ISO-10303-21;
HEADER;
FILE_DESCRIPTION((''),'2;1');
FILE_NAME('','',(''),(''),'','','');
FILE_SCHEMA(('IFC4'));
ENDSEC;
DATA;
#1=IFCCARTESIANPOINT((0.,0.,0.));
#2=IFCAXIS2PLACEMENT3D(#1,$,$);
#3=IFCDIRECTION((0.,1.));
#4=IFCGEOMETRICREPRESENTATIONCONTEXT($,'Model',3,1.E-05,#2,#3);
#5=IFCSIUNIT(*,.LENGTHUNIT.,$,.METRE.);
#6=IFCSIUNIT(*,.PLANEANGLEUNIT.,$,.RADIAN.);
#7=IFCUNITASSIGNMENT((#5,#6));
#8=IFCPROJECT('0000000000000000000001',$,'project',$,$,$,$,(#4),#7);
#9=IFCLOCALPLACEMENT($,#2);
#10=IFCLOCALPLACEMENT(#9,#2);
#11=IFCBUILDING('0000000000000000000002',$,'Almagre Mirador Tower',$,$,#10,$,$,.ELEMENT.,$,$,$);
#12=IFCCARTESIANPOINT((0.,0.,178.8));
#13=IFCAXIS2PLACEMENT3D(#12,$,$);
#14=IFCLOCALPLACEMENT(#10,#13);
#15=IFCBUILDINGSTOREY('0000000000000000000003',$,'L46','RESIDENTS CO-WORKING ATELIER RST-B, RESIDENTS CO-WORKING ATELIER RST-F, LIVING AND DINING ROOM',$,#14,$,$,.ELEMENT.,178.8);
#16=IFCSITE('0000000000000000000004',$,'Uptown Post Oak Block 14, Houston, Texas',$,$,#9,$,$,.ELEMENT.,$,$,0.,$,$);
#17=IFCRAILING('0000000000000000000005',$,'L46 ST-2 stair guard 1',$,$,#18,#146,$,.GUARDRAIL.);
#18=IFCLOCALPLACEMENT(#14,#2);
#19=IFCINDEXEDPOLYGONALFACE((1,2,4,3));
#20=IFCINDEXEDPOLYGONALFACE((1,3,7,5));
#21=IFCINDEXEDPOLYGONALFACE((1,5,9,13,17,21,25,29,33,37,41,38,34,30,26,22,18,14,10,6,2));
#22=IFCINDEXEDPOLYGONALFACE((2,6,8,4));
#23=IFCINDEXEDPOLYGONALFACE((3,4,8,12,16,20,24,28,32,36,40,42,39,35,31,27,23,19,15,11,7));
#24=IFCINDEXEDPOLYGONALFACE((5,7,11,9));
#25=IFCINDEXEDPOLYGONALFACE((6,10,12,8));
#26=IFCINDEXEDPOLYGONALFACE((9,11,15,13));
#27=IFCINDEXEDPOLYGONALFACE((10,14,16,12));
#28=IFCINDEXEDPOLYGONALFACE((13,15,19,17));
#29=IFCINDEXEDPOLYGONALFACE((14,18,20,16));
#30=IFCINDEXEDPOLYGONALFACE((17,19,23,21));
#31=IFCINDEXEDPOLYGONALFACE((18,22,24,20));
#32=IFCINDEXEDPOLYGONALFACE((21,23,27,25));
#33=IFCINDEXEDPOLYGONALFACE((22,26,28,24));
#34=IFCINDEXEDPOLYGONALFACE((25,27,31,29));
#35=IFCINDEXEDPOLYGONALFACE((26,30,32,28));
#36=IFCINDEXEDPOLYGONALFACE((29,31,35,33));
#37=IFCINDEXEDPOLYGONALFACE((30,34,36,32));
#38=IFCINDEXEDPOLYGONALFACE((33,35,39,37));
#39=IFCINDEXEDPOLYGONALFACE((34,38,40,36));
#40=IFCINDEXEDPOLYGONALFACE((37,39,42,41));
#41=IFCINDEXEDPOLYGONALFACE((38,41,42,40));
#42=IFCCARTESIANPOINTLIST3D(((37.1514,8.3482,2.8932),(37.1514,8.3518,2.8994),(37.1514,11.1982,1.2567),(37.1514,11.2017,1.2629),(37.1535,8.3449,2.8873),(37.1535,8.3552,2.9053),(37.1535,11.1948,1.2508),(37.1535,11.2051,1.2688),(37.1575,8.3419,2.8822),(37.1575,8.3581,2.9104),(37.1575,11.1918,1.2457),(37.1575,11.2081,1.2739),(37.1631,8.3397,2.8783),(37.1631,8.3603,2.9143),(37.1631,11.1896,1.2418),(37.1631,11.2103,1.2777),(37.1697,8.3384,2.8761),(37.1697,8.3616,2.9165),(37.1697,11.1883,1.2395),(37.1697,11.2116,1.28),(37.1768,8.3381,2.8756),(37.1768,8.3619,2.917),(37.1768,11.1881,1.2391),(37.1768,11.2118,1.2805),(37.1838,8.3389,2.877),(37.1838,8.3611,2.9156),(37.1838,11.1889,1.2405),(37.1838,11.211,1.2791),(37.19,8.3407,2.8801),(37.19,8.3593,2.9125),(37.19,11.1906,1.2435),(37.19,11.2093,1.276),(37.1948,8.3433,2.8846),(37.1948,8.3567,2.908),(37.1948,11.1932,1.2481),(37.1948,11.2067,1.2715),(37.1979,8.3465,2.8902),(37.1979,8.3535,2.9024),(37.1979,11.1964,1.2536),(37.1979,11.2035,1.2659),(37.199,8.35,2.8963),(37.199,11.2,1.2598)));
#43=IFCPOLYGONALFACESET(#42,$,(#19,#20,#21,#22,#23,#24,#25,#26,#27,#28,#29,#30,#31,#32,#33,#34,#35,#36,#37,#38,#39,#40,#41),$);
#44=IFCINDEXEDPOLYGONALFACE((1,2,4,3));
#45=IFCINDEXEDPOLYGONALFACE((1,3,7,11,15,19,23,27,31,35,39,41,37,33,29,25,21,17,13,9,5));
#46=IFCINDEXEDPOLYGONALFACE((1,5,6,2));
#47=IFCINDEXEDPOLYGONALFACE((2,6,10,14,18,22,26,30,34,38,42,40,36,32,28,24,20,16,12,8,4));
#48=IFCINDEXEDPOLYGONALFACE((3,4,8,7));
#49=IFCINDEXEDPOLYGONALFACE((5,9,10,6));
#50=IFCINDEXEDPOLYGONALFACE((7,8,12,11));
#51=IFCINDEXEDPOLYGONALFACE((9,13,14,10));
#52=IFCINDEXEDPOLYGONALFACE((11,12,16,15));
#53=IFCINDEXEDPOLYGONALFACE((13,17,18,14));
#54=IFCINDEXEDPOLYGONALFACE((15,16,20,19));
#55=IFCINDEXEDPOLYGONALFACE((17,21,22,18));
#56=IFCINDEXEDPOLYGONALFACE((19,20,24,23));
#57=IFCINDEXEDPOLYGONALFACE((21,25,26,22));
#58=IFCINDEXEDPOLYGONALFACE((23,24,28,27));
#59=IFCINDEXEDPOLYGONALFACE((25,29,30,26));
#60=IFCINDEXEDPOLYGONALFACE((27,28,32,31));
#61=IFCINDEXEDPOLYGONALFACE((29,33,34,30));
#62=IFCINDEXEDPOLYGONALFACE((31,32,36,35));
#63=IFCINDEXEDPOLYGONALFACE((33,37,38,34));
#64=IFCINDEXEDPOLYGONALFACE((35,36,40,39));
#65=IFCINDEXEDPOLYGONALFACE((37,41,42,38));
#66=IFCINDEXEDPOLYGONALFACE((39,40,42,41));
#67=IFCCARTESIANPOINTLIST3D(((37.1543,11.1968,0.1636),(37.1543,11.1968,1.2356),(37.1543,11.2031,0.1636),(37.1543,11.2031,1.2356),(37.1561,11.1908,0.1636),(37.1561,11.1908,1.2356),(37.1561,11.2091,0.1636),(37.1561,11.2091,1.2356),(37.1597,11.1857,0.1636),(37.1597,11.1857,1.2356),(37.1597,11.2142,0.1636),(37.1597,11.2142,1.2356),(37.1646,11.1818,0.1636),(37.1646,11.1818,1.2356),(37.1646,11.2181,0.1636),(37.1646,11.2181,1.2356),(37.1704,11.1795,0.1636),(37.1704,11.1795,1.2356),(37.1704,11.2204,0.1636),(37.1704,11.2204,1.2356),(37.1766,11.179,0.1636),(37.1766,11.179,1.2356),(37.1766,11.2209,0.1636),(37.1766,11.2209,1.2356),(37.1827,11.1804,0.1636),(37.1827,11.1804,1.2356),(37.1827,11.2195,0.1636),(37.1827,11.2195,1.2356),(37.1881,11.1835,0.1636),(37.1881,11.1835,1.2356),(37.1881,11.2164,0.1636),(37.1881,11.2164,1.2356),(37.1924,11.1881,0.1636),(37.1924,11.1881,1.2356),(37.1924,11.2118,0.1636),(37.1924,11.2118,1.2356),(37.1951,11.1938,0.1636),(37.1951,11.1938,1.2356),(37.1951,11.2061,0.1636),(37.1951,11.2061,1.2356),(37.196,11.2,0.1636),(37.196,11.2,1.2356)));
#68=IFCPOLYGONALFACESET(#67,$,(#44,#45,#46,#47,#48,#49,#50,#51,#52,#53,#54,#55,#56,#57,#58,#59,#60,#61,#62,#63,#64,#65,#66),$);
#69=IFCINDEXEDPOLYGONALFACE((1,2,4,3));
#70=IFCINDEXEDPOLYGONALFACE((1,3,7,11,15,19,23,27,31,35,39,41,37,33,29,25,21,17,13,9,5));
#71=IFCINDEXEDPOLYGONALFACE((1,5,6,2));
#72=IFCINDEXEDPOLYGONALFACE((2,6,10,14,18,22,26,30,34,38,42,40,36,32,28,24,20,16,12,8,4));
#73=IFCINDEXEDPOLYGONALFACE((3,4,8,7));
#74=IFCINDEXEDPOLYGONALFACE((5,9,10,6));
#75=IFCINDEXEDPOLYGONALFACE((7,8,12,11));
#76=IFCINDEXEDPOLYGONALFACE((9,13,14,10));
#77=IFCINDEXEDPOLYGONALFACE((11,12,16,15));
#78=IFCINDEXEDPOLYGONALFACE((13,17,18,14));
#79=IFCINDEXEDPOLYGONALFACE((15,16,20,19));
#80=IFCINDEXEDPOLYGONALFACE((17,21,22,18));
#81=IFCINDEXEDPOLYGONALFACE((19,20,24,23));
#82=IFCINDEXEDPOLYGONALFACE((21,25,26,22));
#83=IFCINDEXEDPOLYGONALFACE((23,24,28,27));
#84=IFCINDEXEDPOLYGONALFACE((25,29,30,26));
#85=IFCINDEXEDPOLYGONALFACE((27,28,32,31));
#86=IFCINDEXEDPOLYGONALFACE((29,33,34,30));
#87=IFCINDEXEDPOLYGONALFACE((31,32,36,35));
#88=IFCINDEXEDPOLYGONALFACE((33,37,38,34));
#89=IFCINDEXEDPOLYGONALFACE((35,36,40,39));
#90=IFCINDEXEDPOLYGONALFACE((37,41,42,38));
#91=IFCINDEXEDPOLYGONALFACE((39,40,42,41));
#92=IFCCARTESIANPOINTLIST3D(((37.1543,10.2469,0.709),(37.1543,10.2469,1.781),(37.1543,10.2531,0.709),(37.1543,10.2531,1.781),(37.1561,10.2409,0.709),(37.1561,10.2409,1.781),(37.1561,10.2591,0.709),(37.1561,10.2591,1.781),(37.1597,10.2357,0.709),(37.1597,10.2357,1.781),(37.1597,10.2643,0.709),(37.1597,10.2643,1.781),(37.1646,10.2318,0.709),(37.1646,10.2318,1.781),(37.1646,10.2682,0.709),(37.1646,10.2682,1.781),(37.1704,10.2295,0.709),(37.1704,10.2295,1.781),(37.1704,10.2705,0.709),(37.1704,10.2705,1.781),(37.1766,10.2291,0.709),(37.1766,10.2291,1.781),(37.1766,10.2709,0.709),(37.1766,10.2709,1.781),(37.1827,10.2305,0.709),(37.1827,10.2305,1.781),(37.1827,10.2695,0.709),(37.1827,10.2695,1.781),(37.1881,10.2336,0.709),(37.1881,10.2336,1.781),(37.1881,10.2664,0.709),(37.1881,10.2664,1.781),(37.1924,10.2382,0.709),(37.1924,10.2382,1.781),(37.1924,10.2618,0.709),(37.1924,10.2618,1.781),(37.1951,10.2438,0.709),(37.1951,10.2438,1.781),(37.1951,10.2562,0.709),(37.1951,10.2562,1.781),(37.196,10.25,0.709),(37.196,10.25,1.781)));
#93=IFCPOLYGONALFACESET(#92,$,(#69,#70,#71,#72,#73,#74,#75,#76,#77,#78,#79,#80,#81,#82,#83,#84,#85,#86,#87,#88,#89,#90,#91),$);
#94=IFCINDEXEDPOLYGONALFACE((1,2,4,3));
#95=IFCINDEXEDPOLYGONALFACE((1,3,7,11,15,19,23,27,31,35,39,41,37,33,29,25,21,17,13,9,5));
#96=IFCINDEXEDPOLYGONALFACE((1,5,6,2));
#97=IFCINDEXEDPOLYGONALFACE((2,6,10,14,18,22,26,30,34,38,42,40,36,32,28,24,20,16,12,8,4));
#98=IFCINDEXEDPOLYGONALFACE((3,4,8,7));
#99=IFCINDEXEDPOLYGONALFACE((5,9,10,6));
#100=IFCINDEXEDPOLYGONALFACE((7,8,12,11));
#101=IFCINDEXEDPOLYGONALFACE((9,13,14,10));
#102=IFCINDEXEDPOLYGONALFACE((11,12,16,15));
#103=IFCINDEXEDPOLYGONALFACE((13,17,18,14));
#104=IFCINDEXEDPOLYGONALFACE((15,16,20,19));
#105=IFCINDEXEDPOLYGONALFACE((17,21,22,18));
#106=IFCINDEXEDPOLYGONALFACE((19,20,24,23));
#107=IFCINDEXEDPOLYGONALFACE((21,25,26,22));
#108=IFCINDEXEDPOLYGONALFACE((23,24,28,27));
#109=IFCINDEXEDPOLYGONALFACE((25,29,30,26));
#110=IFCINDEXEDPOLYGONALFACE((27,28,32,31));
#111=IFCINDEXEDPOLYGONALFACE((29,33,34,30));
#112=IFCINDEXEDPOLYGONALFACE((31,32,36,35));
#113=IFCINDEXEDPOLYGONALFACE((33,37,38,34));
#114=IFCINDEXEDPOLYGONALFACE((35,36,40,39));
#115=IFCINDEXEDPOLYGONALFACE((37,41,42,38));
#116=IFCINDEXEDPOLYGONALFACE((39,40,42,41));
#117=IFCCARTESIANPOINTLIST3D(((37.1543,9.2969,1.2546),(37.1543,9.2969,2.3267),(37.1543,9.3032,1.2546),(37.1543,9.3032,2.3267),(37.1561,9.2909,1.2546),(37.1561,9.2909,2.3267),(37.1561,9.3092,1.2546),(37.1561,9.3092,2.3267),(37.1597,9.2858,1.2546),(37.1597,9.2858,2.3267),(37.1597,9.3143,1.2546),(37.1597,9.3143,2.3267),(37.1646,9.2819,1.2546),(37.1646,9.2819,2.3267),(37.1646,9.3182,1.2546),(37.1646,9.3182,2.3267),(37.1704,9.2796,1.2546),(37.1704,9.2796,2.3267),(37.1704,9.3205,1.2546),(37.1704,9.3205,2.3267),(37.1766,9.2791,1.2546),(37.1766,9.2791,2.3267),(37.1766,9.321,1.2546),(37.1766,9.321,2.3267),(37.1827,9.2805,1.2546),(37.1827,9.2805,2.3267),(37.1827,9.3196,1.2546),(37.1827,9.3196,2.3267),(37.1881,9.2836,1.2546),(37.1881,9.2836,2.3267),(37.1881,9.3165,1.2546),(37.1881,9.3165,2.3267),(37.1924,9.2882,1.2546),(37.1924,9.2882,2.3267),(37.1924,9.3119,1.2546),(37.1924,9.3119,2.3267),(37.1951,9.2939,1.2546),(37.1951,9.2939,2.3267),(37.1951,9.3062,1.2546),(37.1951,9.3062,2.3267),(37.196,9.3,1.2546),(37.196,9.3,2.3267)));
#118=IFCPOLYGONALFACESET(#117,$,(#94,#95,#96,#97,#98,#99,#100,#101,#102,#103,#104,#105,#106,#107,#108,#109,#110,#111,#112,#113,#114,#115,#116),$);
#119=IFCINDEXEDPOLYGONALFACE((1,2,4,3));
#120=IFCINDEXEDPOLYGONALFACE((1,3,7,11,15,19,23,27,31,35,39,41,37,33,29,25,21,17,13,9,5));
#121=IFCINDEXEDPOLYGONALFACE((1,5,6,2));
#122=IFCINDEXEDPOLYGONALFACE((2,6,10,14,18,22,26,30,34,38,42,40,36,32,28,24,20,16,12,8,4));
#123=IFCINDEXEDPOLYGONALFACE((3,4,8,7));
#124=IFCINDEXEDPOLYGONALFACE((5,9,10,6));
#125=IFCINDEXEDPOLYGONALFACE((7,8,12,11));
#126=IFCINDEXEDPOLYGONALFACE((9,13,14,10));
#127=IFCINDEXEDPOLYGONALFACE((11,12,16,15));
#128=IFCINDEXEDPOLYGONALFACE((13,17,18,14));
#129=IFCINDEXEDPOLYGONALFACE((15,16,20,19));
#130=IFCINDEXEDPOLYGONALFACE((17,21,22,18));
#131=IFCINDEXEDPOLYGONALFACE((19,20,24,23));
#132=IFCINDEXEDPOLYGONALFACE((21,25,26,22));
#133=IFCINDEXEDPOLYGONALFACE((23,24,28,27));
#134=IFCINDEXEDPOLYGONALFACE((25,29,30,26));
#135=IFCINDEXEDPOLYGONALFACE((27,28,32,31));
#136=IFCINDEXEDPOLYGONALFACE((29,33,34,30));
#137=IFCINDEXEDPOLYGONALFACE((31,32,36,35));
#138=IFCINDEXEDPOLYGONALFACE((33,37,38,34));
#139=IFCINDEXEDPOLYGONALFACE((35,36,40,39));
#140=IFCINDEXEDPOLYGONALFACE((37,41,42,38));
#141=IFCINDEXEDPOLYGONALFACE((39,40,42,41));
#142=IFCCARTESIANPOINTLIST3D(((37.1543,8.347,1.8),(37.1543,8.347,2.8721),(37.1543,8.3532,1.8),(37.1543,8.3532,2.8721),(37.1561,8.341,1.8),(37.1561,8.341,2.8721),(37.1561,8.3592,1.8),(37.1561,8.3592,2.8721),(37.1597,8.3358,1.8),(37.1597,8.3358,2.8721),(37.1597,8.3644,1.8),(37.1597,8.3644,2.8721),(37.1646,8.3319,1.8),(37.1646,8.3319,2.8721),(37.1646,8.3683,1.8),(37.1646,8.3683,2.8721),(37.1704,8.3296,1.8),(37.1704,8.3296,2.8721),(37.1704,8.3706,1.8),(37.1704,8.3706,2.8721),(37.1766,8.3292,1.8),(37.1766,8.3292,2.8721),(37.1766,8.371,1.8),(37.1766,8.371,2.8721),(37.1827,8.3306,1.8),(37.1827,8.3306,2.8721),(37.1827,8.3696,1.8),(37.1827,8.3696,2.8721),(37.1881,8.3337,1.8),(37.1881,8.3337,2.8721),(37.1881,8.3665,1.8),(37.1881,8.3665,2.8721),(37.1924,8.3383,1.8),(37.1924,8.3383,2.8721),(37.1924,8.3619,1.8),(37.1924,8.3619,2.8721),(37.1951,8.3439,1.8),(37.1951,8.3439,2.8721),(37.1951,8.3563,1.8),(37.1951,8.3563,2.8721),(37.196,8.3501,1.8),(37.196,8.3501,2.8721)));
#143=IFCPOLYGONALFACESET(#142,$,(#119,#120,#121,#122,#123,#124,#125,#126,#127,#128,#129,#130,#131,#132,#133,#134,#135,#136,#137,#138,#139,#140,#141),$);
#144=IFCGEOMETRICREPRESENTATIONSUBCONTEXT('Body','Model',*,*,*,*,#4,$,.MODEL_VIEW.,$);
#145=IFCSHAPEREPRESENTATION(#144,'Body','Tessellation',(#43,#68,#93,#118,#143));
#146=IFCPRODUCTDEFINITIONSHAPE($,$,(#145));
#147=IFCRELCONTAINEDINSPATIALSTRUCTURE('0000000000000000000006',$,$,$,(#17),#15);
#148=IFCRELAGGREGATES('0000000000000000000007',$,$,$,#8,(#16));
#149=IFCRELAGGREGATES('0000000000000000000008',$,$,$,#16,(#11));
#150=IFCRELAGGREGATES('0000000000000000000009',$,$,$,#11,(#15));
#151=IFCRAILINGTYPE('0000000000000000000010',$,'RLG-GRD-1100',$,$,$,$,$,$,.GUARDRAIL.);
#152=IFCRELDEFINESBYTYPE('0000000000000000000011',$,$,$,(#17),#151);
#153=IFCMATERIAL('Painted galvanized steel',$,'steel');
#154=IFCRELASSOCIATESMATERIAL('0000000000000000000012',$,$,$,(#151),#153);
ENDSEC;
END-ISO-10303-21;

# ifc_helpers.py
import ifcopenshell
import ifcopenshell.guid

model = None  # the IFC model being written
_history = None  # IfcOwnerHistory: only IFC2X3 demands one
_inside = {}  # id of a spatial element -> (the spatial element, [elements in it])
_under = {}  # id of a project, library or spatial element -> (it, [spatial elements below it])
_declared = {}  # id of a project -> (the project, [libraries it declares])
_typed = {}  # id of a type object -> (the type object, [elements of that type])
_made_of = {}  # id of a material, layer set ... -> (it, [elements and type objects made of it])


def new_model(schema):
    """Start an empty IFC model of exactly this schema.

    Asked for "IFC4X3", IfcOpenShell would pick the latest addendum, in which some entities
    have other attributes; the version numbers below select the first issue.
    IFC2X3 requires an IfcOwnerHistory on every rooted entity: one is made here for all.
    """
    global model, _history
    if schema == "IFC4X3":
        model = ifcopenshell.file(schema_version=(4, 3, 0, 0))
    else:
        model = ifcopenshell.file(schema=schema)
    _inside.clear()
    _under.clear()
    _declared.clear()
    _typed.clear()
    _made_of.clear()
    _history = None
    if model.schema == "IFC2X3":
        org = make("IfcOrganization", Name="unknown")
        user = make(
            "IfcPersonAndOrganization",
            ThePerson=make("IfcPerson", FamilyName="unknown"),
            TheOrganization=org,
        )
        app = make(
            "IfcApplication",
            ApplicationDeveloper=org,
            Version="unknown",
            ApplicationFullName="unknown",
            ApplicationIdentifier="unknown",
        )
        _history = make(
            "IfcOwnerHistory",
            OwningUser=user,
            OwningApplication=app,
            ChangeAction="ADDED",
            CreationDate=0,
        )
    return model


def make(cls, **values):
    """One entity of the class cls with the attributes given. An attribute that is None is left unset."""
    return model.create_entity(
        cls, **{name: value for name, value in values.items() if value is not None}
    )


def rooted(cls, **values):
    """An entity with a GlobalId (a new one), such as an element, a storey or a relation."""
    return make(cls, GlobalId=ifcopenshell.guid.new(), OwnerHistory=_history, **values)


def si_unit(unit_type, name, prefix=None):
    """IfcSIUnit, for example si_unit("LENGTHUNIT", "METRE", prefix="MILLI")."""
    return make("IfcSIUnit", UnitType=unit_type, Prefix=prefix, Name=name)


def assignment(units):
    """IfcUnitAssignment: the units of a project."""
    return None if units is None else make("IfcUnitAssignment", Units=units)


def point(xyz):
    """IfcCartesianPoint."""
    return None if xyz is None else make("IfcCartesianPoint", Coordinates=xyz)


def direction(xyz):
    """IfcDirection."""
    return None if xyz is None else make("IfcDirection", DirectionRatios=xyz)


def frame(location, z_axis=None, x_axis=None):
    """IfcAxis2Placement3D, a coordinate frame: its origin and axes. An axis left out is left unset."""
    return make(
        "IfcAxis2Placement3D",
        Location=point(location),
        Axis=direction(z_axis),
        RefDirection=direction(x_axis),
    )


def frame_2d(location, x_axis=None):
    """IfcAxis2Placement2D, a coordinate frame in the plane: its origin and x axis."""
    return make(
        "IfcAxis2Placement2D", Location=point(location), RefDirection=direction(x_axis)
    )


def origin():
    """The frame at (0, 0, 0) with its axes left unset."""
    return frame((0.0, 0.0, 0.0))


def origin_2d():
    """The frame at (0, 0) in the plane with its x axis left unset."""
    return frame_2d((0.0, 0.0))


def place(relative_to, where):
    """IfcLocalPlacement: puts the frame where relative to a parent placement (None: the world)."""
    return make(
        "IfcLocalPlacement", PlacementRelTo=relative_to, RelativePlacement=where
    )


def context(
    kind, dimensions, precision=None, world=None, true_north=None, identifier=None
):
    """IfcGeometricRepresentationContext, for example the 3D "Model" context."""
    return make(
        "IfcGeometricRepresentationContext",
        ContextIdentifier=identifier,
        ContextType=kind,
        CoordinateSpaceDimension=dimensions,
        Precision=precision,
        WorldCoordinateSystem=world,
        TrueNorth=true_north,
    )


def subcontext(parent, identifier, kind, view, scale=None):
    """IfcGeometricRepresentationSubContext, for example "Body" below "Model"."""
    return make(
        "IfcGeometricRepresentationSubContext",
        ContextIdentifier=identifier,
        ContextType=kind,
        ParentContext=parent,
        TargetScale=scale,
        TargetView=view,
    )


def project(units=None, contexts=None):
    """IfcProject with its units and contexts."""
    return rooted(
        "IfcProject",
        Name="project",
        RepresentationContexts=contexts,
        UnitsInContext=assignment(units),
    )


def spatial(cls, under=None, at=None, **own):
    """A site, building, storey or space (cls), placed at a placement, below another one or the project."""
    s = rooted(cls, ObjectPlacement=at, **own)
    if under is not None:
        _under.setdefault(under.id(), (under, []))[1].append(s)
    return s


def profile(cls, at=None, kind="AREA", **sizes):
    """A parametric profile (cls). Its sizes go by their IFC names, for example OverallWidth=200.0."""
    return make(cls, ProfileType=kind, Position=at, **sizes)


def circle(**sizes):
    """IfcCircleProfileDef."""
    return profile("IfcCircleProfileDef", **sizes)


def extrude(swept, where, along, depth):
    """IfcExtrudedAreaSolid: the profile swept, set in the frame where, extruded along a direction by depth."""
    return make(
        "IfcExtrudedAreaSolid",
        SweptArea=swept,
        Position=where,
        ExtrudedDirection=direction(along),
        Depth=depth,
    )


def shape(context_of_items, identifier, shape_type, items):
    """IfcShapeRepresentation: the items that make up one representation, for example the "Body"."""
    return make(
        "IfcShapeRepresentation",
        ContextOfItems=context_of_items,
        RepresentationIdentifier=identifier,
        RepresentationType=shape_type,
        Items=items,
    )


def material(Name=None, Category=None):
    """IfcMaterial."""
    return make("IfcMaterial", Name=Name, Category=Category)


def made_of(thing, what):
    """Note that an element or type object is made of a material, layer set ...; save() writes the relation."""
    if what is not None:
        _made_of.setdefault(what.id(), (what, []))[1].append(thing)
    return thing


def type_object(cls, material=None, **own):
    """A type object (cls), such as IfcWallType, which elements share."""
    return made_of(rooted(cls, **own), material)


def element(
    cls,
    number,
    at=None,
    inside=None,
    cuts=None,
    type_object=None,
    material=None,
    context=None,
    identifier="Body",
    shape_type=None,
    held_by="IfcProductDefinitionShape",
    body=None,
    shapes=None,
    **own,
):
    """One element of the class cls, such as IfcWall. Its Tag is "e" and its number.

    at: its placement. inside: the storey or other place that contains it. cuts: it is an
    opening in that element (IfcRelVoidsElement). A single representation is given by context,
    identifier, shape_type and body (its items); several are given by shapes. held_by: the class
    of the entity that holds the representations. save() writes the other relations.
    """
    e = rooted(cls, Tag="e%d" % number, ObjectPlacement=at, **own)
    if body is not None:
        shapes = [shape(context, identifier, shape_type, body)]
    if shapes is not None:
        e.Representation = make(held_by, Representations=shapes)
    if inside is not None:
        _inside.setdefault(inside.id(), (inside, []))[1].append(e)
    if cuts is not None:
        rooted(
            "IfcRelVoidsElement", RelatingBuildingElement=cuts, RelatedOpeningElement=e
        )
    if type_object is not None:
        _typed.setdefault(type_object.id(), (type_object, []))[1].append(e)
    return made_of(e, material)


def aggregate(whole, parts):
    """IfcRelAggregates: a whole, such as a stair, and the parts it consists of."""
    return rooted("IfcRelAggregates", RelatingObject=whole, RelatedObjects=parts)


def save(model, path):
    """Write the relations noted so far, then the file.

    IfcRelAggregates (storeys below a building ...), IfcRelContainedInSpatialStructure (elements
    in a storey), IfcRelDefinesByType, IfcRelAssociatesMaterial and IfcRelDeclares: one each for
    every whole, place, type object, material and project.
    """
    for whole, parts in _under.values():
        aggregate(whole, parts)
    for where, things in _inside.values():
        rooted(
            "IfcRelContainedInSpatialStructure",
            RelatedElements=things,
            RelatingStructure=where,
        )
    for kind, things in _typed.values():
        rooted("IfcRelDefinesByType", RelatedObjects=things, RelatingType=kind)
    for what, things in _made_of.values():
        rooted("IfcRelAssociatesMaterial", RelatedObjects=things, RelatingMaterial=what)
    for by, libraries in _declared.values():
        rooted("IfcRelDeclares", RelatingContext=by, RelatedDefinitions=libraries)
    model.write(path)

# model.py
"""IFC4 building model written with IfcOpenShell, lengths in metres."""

from ifc_helpers import new_model, si_unit, direction, frame, origin, origin_2d, place, context, subcontext, project, spatial, circle, extrude, material, type_object, element, save


model = new_model("IFC4")

# Units and contexts
model_context = context("Model", 3, precision=1e-05, world=origin(), true_north=direction((0.0, 1.0)))
body_context = subcontext(model_context, "Body", "Model", "MODEL_VIEW")
ifc_project = project(units=[si_unit("LENGTHUNIT", "METRE"), si_unit("PLANEANGLEUNIT", "RADIAN")], contexts=[model_context])

# Site, building, storey
site_placement = place(None, origin())
site = spatial("IfcSite", under=ifc_project, at=site_placement, Name="Uptown Post Oak Block 14, Houston, Texas", CompositionType="ELEMENT", RefElevation=0.0)
building_placement = place(site_placement, origin())
building = spatial("IfcBuilding", under=site, at=building_placement, Name="Almagre Mirador Tower", CompositionType="ELEMENT")
storey_placement = place(building_placement, frame((0.0, 0.0, 178.8)))
storey = spatial("IfcBuildingStorey", under=building, at=storey_placement, Name="L46", Description="RESIDENTS CO-WORKING ATELIER RST-B, RESIDENTS CO-WORKING ATELIER RST-F, LIVING AND DINING ROOM", CompositionType="ELEMENT", Elevation=178.8)

# Railing
ifc_material_1 = material(Name="Painted galvanized steel", Category="steel")
railing_type_1 = type_object("IfcRailingType", Name="RLG-GRD-1100", PredefinedType="GUARDRAIL", material=ifc_material_1)
railing_1_placement = place(storey_placement, frame((37.175, 11.2, 0.1636)))
element("IfcRailing", 1, at=railing_1_placement, inside=storey, type_object=railing_type_1, Name="L46 ST-2 stair guard 1", PredefinedType="GUARDRAIL", context=body_context, shape_type="SweptSolid", body=[
    extrude(circle(Radius=0.0239, at=origin_2d()), frame((0.0, 0.0, 1.0962), z_axis=(0.0, -0.867194, 0.49797), x_axis=(1.0, 0.0, 0.0)), (0.0, 0.0, 1.0), 3.2864),
    extrude(circle(Radius=0.021, at=origin_2d()), origin(), (0.0, 0.0, 1.0), 1.072),
    extrude(circle(Radius=0.021, at=origin_2d()), frame((0.0, -0.95, 0.5454)), (0.0, 0.0, 1.0), 1.072),
    extrude(circle(Radius=0.021, at=origin_2d()), frame((0.0, -1.8999, 1.0911)), (0.0, 0.0, 1.0), 1.072),
    extrude(circle(Radius=0.021, at=origin_2d()), frame((0.0, -2.8499, 1.6365)), (0.0, 0.0, 1.0), 1.072),
])

save(model, "model.ifc")
